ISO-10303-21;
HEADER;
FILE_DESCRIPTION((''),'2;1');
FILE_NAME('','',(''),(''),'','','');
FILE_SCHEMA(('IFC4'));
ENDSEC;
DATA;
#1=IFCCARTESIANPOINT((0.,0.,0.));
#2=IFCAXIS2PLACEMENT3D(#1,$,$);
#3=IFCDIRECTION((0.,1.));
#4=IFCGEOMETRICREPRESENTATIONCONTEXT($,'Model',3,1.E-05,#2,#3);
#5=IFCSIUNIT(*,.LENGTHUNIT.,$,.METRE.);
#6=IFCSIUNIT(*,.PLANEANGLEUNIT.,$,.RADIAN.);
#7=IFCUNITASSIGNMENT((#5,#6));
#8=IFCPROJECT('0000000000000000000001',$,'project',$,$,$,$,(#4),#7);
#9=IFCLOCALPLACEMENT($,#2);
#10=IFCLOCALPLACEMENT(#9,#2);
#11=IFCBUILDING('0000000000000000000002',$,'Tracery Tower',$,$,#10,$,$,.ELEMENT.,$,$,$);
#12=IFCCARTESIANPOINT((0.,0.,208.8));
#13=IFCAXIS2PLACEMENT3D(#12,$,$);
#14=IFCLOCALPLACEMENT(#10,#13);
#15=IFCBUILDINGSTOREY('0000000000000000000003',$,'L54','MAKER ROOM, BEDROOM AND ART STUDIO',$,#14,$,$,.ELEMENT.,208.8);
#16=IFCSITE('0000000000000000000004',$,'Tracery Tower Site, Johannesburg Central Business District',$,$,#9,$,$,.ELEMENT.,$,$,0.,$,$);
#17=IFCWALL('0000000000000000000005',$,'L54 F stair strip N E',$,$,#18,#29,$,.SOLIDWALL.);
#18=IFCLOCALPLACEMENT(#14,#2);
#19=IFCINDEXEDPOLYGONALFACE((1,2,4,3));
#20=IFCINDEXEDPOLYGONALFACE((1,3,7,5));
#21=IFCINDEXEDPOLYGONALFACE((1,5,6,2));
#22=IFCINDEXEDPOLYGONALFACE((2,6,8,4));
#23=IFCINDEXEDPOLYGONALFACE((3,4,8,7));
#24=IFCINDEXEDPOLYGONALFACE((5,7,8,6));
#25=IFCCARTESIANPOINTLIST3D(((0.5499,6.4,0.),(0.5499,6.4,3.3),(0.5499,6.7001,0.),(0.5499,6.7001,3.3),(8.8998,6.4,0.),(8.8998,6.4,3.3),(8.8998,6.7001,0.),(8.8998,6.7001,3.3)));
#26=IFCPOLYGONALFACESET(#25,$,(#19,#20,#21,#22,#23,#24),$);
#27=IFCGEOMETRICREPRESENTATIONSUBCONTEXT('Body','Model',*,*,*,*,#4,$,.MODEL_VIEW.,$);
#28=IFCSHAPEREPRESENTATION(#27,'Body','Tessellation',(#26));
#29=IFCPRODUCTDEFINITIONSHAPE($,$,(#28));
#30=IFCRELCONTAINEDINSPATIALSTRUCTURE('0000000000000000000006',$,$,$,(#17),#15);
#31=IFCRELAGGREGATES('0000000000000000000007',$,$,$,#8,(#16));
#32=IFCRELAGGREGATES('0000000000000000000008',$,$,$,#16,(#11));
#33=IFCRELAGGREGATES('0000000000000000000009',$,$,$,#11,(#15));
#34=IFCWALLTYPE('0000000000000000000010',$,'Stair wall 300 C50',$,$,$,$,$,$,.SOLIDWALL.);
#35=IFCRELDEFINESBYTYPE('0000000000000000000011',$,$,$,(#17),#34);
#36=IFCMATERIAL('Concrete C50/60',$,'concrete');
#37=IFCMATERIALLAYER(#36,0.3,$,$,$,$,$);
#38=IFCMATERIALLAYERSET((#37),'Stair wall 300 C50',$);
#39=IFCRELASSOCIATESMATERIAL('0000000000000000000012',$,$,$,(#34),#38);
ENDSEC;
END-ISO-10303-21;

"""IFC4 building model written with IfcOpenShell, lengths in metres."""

from ifc_helpers import new_model, si_unit, direction, frame, frame_2d, origin, place, context, subcontext, project, spatial, rectangle, extrude, material, layer, layer_set, type_object, element, save


model = new_model("IFC4")

# Units and contexts
model_context = context("Model", 3, precision=1e-05, world=origin(), true_north=direction((0.0, 1.0)))
body_context = subcontext(model_context, "Body", "Model", "MODEL_VIEW")
ifc_project = project(units=[si_unit("LENGTHUNIT", "METRE"), si_unit("PLANEANGLEUNIT", "RADIAN")], contexts=[model_context])

# Site, building, storey
site_placement = place(None, origin())
site = spatial("IfcSite", under=ifc_project, at=site_placement, Name="Tracery Tower Site, Johannesburg Central Business District", CompositionType="ELEMENT", RefElevation=0.0)
building_placement = place(site_placement, origin())
building = spatial("IfcBuilding", under=site, at=building_placement, Name="Tracery Tower", CompositionType="ELEMENT")
storey_placement = place(building_placement, frame((0.0, 0.0, 208.8)))
storey = spatial("IfcBuildingStorey", under=building, at=storey_placement, Name="L54", Description="MAKER ROOM, BEDROOM AND ART STUDIO", CompositionType="ELEMENT", Elevation=208.8)

# Wall
ifc_material_1 = material(Name="Concrete C50/60", Category="concrete")
ifc_layer_1 = layer(ifc_material_1, 0.3)
ifc_layer_set_1 = layer_set([ifc_layer_1], Name="Stair wall 300 C50")
wall_type_1 = type_object("IfcWallType", Name="Stair wall 300 C50", PredefinedType="SOLIDWALL", material=ifc_layer_set_1)
wall_1_placement = place(storey_placement, frame((0.55, 6.55, 0.0), z_axis=(0.0, 0.0, 1.0), x_axis=(1.0, 0.0, 0.0)))
element("IfcWall", 1, at=wall_1_placement, inside=storey, type_object=wall_type_1, Name="L54 F stair strip N E", PredefinedType="SOLIDWALL", context=body_context, shape_type="SweptSolid", body=[
    extrude(rectangle(XDim=8.3499, YDim=0.3, at=frame_2d((4.1748, 0.0))), origin(), (0.0, 0.0, 1.0), 3.3),
])

save(model, "model.ifc")
